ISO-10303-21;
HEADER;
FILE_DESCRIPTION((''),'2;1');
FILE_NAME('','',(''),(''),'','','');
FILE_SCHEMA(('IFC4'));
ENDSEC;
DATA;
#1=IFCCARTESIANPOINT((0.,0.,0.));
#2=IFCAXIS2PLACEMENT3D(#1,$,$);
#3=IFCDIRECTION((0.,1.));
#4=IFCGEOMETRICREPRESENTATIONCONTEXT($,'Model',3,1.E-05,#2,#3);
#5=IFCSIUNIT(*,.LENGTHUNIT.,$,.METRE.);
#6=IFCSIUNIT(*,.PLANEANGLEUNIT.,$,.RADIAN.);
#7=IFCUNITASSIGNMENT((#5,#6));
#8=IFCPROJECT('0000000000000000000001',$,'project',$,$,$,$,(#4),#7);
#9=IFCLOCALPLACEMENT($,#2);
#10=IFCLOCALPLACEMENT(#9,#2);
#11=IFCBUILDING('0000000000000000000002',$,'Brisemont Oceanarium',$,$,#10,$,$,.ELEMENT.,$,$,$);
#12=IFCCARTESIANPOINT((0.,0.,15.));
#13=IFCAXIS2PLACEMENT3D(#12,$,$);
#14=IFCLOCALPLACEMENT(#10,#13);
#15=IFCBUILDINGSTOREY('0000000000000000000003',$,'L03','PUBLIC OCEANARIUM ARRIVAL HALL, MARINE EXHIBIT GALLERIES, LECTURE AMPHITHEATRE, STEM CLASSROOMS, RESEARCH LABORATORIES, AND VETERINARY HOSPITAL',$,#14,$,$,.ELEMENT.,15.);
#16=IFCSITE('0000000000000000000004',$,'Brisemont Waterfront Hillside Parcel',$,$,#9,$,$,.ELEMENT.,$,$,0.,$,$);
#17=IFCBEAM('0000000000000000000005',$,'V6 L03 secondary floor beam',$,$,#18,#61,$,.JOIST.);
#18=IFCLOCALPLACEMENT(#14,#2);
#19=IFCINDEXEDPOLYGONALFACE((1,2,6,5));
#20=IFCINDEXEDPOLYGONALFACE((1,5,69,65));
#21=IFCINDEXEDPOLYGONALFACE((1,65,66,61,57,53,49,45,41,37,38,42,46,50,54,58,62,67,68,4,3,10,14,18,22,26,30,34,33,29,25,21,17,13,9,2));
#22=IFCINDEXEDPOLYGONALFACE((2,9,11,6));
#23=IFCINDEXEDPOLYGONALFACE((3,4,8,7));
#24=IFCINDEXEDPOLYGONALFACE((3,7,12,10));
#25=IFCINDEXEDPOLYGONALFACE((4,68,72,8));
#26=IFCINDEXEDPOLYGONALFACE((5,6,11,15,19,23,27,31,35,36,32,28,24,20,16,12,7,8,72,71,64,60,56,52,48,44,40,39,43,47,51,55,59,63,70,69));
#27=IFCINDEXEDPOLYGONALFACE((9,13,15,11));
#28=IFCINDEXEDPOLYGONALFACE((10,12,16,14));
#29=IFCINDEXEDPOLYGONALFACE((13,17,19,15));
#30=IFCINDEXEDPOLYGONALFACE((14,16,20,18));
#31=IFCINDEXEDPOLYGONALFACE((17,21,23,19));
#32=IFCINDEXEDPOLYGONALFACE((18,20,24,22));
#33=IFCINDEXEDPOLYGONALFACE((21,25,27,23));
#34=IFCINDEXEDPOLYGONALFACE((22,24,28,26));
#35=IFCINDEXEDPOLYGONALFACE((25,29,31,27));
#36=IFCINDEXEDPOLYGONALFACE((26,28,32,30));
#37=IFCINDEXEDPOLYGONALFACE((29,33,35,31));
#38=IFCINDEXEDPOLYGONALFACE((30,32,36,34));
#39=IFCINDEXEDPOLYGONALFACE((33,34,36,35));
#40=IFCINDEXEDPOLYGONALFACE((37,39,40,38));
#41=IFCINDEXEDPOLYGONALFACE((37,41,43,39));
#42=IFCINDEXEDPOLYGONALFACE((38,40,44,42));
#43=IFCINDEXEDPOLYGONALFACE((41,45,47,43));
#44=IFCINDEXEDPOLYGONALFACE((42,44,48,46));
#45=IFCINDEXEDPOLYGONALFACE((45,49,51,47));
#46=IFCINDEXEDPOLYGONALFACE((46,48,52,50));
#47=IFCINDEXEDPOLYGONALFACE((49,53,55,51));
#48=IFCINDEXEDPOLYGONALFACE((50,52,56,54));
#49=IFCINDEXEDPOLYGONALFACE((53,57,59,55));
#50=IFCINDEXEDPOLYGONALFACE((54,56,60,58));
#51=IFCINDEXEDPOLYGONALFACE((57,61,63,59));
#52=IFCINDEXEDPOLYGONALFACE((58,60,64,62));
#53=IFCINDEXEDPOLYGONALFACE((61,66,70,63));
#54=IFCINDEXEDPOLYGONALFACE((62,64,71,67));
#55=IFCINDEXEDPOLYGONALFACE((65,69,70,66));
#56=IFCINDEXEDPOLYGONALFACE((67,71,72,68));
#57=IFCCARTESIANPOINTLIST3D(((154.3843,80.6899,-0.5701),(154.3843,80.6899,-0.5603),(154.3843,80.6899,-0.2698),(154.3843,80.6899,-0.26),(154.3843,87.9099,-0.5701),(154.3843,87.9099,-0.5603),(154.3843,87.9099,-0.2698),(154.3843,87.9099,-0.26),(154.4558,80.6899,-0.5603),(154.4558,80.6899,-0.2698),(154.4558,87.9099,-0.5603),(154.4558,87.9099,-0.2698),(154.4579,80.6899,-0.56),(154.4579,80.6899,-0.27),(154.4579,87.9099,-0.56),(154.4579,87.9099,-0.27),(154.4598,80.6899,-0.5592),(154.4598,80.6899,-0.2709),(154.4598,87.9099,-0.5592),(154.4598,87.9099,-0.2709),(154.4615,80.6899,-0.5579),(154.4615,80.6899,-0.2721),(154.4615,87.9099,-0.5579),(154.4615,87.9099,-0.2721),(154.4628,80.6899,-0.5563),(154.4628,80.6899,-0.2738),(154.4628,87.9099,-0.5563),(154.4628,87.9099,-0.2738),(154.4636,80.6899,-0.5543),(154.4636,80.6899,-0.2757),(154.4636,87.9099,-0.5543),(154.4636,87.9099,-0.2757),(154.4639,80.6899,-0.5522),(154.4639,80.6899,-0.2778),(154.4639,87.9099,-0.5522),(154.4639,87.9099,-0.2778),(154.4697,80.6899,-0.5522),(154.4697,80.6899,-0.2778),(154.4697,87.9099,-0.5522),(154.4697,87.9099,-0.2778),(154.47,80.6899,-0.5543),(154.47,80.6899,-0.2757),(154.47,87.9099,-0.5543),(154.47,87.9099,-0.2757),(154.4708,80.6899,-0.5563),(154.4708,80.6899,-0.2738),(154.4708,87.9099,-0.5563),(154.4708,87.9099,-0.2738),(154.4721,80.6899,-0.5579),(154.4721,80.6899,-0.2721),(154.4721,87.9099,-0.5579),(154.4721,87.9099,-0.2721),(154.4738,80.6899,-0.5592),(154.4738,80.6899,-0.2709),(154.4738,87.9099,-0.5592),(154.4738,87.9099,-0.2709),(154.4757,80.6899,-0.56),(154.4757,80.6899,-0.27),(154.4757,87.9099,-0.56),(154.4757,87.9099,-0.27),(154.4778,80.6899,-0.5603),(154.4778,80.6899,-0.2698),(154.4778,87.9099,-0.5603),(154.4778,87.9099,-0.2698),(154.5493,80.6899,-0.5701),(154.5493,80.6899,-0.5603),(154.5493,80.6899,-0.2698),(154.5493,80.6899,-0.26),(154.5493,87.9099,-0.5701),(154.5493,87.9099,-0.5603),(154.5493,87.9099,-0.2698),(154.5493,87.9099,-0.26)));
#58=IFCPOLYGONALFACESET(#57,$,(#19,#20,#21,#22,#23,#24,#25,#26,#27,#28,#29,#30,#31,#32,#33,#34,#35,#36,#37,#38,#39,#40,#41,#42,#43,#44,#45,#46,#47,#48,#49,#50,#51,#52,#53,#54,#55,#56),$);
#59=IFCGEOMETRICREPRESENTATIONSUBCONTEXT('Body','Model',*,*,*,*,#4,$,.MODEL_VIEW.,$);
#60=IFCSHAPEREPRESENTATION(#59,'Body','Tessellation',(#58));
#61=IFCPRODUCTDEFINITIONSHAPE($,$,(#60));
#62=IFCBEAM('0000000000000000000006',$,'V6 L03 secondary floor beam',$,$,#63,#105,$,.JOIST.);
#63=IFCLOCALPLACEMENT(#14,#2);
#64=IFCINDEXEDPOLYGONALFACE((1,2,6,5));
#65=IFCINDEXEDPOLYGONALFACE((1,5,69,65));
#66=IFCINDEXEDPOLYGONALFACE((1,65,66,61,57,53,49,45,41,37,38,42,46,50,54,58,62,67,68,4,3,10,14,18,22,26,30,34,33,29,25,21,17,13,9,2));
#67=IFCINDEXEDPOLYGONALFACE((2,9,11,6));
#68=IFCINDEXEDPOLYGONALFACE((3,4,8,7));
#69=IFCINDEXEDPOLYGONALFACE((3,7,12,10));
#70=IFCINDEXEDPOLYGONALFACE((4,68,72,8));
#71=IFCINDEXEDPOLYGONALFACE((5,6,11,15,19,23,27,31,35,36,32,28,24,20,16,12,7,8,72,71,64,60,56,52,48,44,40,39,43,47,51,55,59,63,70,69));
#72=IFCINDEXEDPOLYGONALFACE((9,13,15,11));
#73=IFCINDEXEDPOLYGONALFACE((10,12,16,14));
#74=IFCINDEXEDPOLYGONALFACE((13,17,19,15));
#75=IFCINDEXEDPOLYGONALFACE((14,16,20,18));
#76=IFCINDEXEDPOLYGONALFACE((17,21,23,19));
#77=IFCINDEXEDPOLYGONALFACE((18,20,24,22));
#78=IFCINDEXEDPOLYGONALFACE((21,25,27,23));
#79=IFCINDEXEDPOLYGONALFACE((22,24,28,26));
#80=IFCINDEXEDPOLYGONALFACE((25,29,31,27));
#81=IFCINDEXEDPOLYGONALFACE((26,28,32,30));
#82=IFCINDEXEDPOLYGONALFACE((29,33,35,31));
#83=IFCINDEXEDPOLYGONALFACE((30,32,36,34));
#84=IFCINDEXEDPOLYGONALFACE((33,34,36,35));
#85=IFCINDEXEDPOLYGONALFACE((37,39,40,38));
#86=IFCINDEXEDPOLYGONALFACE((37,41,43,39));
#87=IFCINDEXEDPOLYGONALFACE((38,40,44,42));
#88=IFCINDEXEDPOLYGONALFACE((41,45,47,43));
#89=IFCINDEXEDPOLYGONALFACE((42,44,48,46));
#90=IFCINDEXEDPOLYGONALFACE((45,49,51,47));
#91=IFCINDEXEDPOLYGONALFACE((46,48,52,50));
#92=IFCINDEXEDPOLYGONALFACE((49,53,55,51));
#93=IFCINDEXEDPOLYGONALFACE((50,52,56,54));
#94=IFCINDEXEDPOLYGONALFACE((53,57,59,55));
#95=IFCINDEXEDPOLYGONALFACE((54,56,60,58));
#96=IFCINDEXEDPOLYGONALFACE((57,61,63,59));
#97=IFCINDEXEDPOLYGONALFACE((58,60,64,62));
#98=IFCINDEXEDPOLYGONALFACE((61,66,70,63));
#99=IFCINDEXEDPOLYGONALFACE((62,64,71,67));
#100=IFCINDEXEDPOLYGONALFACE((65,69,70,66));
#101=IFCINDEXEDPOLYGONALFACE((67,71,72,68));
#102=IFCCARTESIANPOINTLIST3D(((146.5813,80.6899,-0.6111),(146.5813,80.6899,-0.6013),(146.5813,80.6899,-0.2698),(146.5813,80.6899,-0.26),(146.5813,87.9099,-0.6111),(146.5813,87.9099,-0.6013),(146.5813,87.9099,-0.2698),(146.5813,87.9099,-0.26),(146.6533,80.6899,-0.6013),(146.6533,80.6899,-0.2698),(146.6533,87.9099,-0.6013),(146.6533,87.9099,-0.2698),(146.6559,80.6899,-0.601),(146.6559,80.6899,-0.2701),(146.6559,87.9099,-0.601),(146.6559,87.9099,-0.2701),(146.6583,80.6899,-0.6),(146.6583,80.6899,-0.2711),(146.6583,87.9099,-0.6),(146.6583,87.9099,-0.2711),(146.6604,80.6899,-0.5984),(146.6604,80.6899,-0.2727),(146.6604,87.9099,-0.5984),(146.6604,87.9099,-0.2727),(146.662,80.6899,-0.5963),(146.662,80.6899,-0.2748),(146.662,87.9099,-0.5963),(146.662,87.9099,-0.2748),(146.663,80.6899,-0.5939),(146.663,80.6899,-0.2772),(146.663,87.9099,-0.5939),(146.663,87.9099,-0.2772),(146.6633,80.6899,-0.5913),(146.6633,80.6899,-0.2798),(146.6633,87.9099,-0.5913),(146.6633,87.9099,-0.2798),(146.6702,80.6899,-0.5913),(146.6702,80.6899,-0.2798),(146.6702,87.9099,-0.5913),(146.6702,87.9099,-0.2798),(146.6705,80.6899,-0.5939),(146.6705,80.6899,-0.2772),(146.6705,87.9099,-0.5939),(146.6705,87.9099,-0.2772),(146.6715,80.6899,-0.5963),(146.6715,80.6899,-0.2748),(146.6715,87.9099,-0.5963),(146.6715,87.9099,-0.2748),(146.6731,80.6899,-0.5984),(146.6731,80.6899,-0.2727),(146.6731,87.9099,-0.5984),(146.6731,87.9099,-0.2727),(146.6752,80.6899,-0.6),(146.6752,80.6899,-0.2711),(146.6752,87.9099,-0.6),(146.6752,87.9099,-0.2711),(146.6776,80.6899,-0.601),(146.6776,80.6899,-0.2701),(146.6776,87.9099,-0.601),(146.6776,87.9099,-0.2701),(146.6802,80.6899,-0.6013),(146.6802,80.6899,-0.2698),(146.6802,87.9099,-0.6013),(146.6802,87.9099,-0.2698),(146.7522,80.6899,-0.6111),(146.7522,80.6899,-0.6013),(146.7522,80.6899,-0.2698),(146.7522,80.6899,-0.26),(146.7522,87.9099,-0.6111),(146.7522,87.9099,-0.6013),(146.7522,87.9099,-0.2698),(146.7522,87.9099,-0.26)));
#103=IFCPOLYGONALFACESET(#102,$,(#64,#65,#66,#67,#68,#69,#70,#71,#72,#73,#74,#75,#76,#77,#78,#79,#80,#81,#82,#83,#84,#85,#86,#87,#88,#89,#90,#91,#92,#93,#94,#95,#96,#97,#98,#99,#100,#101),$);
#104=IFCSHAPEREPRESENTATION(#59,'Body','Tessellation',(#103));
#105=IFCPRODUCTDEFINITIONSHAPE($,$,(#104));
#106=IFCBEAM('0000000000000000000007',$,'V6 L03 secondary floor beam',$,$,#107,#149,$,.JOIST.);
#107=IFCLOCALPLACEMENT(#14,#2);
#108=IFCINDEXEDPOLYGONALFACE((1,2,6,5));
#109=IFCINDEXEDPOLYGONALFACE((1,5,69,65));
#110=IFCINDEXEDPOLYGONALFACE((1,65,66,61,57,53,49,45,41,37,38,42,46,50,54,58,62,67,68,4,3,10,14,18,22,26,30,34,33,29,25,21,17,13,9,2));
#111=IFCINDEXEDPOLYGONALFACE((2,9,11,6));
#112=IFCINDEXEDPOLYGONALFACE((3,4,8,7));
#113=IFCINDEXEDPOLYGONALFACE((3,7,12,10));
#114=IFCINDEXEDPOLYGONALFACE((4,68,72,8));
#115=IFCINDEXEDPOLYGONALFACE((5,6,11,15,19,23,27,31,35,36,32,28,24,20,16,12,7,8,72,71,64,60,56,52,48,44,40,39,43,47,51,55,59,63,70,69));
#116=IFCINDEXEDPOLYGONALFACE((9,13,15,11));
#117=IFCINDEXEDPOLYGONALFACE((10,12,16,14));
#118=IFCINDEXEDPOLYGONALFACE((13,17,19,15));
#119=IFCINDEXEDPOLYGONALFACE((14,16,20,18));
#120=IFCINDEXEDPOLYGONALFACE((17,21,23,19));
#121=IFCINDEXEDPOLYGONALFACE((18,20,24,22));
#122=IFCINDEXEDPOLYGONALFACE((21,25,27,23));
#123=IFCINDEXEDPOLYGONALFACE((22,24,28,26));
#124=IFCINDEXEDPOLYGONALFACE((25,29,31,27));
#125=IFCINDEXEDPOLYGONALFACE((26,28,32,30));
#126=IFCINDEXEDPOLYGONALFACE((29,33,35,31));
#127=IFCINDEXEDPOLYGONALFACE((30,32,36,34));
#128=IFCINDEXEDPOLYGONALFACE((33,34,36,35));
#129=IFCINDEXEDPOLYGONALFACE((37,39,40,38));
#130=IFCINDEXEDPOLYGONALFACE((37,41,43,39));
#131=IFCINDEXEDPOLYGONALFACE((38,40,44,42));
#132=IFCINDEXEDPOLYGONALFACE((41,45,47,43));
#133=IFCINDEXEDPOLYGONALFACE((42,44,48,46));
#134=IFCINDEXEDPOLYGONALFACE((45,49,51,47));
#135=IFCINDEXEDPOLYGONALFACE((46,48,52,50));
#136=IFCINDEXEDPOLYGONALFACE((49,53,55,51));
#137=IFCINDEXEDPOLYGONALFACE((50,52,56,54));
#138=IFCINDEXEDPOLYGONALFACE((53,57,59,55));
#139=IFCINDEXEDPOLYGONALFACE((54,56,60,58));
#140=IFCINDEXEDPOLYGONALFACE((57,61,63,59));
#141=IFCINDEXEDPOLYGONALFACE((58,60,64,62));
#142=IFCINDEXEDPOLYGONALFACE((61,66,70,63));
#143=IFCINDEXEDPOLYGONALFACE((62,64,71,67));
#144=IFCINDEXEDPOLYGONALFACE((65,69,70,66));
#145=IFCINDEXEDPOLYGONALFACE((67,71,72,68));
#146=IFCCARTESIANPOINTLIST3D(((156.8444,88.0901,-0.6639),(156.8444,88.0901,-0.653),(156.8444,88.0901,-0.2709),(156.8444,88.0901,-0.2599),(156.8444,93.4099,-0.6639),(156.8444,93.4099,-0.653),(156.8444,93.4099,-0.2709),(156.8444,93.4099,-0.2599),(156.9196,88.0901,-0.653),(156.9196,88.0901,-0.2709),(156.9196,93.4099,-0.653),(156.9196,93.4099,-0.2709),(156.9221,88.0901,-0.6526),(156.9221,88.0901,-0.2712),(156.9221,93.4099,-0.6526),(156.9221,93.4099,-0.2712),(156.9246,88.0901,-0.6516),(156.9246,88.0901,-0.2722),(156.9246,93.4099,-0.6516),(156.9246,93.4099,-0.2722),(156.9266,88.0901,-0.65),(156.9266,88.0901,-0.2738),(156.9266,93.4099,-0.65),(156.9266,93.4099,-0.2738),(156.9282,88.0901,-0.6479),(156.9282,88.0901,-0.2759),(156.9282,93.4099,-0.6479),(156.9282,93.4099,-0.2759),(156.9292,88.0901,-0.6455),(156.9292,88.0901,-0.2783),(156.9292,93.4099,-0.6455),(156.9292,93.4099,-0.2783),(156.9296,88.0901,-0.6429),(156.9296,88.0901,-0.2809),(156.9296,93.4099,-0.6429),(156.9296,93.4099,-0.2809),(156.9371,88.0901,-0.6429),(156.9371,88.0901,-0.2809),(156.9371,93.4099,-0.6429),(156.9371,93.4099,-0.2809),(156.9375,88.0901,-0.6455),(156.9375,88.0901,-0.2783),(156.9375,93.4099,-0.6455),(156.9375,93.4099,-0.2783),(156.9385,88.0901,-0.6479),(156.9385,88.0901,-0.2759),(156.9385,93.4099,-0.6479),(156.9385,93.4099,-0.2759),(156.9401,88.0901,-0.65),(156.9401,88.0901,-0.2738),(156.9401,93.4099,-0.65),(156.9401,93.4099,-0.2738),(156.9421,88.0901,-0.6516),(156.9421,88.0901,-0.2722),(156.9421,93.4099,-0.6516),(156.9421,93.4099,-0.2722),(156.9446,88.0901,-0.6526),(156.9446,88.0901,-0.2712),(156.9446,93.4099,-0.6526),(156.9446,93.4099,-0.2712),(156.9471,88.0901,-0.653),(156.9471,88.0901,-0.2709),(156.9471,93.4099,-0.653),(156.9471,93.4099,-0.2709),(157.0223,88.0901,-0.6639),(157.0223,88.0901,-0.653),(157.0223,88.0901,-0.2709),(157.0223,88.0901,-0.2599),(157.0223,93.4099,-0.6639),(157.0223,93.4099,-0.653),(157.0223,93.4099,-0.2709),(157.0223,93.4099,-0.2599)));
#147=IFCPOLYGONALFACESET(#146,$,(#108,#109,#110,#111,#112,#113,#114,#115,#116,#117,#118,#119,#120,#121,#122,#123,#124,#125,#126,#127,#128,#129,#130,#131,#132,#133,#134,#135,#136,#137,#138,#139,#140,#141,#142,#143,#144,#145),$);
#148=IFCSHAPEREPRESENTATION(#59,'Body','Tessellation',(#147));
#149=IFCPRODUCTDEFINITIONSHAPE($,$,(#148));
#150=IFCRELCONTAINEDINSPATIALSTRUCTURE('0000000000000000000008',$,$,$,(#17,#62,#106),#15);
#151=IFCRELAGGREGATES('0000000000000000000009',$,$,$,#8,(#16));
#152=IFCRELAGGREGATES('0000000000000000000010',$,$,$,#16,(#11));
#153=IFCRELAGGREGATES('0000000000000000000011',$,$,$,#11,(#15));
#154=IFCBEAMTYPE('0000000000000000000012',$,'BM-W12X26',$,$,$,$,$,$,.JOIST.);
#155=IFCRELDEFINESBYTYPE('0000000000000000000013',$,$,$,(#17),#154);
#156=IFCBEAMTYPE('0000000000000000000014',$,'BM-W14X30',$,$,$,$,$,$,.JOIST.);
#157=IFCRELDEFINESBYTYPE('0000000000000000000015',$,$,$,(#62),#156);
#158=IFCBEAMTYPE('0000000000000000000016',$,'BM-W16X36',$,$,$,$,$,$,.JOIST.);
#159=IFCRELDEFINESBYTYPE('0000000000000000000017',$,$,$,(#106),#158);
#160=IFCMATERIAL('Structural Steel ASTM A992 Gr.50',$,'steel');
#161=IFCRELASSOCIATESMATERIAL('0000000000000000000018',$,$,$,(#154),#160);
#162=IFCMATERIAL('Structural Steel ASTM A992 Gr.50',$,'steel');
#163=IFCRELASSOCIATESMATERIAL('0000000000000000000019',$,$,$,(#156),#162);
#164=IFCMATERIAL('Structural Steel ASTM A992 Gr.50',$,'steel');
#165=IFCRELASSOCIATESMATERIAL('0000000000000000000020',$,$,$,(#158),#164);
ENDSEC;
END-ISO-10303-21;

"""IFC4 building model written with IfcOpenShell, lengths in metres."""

from ifc_helpers import new_model, si_unit, direction, frame, origin, origin_2d, place, context, subcontext, project, spatial, i_section, extrude, material, material_profile, profile_set, type_object, element, save


model = new_model("IFC4")

# Units and contexts
model_context = context("Model", 3, precision=1e-05, world=origin(), true_north=direction((0.0, 1.0)))
body_context = subcontext(model_context, "Body", "Model", "MODEL_VIEW")
ifc_project = project(units=[si_unit("LENGTHUNIT", "METRE"), si_unit("PLANEANGLEUNIT", "RADIAN")], contexts=[model_context])

# Site, building, storey
site_placement = place(None, origin())
site = spatial("IfcSite", under=ifc_project, at=site_placement, Name="Brisemont Waterfront Hillside Parcel", CompositionType="ELEMENT", RefElevation=0.0)
building_placement = place(site_placement, origin())
building = spatial("IfcBuilding", under=site, at=building_placement, Name="Brisemont Oceanarium", CompositionType="ELEMENT")
storey_placement = place(building_placement, frame((0.0, 0.0, 15.0)))
storey = spatial("IfcBuildingStorey", under=building, at=storey_placement, Name="L03", Description="PUBLIC OCEANARIUM ARRIVAL HALL, MARINE EXHIBIT GALLERIES, LECTURE AMPHITHEATRE, STEM CLASSROOMS, RESEARCH LABORATORIES, AND VETERINARY HOSPITAL", CompositionType="ELEMENT", Elevation=15.0)

# Beams
ifc_material_1 = material(Name="Structural Steel ASTM A992 Gr.50", Category="steel")
ifc_material_profile_1 = material_profile(ifc_material_1, i_section(OverallWidth=0.165, OverallDepth=0.3101, WebThickness=0.0059, FlangeThickness=0.0098, FilletRadius=0.0081, at=origin_2d()), Name="W12X26")
ifc_profile_set_1 = profile_set([ifc_material_profile_1], Name="Structural Steel ASTM A992 Gr.50")
beam_type_1 = type_object("IfcBeamType", Name="BM-W12X26", PredefinedType="JOIST", material=ifc_profile_set_1)
beam_1_placement = place(storey_placement, frame((154.4668, 80.6899, -0.415), z_axis=(0.0, 1.0, 0.0), x_axis=(-1.0, 0.0, 0.0)))
element("IfcBeam", 1, at=beam_1_placement, inside=storey, type_object=beam_type_1, Name="V6 L03 secondary floor beam", PredefinedType="JOIST", context=body_context, shape_type="SweptSolid", body=[
    extrude(i_section(OverallWidth=0.165, OverallDepth=0.3101, WebThickness=0.0059, FlangeThickness=0.0098, FilletRadius=0.0081, at=origin_2d()), origin(), (0.0, 0.0, 1.0), 7.22),
])
ifc_material_2 = material(Name="Structural Steel ASTM A992 Gr.50", Category="steel")
ifc_material_profile_2 = material_profile(ifc_material_2, i_section(OverallWidth=0.1709, OverallDepth=0.3511, WebThickness=0.0068, FlangeThickness=0.0098, FilletRadius=0.01, at=origin_2d()), Name="W14X30")
ifc_profile_set_2 = profile_set([ifc_material_profile_2], Name="Structural Steel ASTM A992 Gr.50")
beam_type_2 = type_object("IfcBeamType", Name="BM-W14X30", PredefinedType="JOIST", material=ifc_profile_set_2)
beam_2_placement = place(storey_placement, frame((146.6667, 80.6899, -0.4355), z_axis=(0.0, 1.0, 0.0), x_axis=(-1.0, 0.0, 0.0)))
element("IfcBeam", 2, at=beam_2_placement, inside=storey, type_object=beam_type_2, Name="V6 L03 secondary floor beam", PredefinedType="JOIST", context=body_context, shape_type="SweptSolid", body=[
    extrude(i_section(OverallWidth=0.1709, OverallDepth=0.3511, WebThickness=0.0068, FlangeThickness=0.0098, FilletRadius=0.01, at=origin_2d()), origin(), (0.0, 0.0, 1.0), 7.22),
])
ifc_material_3 = material(Name="Structural Steel ASTM A992 Gr.50", Category="steel")
ifc_material_profile_3 = material_profile(ifc_material_3, i_section(OverallWidth=0.178, OverallDepth=0.4041, WebThickness=0.0076, FlangeThickness=0.011, FilletRadius=0.01, at=origin_2d()), Name="W16X36")
ifc_profile_set_3 = profile_set([ifc_material_profile_3], Name="Structural Steel ASTM A992 Gr.50")
beam_type_3 = type_object("IfcBeamType", Name="BM-W16X36", PredefinedType="JOIST", material=ifc_profile_set_3)
beam_3_placement = place(storey_placement, frame((156.9333, 88.0901, -0.4619), z_axis=(0.0, 1.0, 0.0), x_axis=(-1.0, 0.0, 0.0)))
element("IfcBeam", 3, at=beam_3_placement, inside=storey, type_object=beam_type_3, Name="V6 L03 secondary floor beam", PredefinedType="JOIST", context=body_context, shape_type="SweptSolid", body=[
    extrude(i_section(OverallWidth=0.178, OverallDepth=0.4041, WebThickness=0.0076, FlangeThickness=0.011, FilletRadius=0.01, at=origin_2d()), origin(), (0.0, 0.0, 1.0), 5.3198),
])

save(model, "model.ifc")
